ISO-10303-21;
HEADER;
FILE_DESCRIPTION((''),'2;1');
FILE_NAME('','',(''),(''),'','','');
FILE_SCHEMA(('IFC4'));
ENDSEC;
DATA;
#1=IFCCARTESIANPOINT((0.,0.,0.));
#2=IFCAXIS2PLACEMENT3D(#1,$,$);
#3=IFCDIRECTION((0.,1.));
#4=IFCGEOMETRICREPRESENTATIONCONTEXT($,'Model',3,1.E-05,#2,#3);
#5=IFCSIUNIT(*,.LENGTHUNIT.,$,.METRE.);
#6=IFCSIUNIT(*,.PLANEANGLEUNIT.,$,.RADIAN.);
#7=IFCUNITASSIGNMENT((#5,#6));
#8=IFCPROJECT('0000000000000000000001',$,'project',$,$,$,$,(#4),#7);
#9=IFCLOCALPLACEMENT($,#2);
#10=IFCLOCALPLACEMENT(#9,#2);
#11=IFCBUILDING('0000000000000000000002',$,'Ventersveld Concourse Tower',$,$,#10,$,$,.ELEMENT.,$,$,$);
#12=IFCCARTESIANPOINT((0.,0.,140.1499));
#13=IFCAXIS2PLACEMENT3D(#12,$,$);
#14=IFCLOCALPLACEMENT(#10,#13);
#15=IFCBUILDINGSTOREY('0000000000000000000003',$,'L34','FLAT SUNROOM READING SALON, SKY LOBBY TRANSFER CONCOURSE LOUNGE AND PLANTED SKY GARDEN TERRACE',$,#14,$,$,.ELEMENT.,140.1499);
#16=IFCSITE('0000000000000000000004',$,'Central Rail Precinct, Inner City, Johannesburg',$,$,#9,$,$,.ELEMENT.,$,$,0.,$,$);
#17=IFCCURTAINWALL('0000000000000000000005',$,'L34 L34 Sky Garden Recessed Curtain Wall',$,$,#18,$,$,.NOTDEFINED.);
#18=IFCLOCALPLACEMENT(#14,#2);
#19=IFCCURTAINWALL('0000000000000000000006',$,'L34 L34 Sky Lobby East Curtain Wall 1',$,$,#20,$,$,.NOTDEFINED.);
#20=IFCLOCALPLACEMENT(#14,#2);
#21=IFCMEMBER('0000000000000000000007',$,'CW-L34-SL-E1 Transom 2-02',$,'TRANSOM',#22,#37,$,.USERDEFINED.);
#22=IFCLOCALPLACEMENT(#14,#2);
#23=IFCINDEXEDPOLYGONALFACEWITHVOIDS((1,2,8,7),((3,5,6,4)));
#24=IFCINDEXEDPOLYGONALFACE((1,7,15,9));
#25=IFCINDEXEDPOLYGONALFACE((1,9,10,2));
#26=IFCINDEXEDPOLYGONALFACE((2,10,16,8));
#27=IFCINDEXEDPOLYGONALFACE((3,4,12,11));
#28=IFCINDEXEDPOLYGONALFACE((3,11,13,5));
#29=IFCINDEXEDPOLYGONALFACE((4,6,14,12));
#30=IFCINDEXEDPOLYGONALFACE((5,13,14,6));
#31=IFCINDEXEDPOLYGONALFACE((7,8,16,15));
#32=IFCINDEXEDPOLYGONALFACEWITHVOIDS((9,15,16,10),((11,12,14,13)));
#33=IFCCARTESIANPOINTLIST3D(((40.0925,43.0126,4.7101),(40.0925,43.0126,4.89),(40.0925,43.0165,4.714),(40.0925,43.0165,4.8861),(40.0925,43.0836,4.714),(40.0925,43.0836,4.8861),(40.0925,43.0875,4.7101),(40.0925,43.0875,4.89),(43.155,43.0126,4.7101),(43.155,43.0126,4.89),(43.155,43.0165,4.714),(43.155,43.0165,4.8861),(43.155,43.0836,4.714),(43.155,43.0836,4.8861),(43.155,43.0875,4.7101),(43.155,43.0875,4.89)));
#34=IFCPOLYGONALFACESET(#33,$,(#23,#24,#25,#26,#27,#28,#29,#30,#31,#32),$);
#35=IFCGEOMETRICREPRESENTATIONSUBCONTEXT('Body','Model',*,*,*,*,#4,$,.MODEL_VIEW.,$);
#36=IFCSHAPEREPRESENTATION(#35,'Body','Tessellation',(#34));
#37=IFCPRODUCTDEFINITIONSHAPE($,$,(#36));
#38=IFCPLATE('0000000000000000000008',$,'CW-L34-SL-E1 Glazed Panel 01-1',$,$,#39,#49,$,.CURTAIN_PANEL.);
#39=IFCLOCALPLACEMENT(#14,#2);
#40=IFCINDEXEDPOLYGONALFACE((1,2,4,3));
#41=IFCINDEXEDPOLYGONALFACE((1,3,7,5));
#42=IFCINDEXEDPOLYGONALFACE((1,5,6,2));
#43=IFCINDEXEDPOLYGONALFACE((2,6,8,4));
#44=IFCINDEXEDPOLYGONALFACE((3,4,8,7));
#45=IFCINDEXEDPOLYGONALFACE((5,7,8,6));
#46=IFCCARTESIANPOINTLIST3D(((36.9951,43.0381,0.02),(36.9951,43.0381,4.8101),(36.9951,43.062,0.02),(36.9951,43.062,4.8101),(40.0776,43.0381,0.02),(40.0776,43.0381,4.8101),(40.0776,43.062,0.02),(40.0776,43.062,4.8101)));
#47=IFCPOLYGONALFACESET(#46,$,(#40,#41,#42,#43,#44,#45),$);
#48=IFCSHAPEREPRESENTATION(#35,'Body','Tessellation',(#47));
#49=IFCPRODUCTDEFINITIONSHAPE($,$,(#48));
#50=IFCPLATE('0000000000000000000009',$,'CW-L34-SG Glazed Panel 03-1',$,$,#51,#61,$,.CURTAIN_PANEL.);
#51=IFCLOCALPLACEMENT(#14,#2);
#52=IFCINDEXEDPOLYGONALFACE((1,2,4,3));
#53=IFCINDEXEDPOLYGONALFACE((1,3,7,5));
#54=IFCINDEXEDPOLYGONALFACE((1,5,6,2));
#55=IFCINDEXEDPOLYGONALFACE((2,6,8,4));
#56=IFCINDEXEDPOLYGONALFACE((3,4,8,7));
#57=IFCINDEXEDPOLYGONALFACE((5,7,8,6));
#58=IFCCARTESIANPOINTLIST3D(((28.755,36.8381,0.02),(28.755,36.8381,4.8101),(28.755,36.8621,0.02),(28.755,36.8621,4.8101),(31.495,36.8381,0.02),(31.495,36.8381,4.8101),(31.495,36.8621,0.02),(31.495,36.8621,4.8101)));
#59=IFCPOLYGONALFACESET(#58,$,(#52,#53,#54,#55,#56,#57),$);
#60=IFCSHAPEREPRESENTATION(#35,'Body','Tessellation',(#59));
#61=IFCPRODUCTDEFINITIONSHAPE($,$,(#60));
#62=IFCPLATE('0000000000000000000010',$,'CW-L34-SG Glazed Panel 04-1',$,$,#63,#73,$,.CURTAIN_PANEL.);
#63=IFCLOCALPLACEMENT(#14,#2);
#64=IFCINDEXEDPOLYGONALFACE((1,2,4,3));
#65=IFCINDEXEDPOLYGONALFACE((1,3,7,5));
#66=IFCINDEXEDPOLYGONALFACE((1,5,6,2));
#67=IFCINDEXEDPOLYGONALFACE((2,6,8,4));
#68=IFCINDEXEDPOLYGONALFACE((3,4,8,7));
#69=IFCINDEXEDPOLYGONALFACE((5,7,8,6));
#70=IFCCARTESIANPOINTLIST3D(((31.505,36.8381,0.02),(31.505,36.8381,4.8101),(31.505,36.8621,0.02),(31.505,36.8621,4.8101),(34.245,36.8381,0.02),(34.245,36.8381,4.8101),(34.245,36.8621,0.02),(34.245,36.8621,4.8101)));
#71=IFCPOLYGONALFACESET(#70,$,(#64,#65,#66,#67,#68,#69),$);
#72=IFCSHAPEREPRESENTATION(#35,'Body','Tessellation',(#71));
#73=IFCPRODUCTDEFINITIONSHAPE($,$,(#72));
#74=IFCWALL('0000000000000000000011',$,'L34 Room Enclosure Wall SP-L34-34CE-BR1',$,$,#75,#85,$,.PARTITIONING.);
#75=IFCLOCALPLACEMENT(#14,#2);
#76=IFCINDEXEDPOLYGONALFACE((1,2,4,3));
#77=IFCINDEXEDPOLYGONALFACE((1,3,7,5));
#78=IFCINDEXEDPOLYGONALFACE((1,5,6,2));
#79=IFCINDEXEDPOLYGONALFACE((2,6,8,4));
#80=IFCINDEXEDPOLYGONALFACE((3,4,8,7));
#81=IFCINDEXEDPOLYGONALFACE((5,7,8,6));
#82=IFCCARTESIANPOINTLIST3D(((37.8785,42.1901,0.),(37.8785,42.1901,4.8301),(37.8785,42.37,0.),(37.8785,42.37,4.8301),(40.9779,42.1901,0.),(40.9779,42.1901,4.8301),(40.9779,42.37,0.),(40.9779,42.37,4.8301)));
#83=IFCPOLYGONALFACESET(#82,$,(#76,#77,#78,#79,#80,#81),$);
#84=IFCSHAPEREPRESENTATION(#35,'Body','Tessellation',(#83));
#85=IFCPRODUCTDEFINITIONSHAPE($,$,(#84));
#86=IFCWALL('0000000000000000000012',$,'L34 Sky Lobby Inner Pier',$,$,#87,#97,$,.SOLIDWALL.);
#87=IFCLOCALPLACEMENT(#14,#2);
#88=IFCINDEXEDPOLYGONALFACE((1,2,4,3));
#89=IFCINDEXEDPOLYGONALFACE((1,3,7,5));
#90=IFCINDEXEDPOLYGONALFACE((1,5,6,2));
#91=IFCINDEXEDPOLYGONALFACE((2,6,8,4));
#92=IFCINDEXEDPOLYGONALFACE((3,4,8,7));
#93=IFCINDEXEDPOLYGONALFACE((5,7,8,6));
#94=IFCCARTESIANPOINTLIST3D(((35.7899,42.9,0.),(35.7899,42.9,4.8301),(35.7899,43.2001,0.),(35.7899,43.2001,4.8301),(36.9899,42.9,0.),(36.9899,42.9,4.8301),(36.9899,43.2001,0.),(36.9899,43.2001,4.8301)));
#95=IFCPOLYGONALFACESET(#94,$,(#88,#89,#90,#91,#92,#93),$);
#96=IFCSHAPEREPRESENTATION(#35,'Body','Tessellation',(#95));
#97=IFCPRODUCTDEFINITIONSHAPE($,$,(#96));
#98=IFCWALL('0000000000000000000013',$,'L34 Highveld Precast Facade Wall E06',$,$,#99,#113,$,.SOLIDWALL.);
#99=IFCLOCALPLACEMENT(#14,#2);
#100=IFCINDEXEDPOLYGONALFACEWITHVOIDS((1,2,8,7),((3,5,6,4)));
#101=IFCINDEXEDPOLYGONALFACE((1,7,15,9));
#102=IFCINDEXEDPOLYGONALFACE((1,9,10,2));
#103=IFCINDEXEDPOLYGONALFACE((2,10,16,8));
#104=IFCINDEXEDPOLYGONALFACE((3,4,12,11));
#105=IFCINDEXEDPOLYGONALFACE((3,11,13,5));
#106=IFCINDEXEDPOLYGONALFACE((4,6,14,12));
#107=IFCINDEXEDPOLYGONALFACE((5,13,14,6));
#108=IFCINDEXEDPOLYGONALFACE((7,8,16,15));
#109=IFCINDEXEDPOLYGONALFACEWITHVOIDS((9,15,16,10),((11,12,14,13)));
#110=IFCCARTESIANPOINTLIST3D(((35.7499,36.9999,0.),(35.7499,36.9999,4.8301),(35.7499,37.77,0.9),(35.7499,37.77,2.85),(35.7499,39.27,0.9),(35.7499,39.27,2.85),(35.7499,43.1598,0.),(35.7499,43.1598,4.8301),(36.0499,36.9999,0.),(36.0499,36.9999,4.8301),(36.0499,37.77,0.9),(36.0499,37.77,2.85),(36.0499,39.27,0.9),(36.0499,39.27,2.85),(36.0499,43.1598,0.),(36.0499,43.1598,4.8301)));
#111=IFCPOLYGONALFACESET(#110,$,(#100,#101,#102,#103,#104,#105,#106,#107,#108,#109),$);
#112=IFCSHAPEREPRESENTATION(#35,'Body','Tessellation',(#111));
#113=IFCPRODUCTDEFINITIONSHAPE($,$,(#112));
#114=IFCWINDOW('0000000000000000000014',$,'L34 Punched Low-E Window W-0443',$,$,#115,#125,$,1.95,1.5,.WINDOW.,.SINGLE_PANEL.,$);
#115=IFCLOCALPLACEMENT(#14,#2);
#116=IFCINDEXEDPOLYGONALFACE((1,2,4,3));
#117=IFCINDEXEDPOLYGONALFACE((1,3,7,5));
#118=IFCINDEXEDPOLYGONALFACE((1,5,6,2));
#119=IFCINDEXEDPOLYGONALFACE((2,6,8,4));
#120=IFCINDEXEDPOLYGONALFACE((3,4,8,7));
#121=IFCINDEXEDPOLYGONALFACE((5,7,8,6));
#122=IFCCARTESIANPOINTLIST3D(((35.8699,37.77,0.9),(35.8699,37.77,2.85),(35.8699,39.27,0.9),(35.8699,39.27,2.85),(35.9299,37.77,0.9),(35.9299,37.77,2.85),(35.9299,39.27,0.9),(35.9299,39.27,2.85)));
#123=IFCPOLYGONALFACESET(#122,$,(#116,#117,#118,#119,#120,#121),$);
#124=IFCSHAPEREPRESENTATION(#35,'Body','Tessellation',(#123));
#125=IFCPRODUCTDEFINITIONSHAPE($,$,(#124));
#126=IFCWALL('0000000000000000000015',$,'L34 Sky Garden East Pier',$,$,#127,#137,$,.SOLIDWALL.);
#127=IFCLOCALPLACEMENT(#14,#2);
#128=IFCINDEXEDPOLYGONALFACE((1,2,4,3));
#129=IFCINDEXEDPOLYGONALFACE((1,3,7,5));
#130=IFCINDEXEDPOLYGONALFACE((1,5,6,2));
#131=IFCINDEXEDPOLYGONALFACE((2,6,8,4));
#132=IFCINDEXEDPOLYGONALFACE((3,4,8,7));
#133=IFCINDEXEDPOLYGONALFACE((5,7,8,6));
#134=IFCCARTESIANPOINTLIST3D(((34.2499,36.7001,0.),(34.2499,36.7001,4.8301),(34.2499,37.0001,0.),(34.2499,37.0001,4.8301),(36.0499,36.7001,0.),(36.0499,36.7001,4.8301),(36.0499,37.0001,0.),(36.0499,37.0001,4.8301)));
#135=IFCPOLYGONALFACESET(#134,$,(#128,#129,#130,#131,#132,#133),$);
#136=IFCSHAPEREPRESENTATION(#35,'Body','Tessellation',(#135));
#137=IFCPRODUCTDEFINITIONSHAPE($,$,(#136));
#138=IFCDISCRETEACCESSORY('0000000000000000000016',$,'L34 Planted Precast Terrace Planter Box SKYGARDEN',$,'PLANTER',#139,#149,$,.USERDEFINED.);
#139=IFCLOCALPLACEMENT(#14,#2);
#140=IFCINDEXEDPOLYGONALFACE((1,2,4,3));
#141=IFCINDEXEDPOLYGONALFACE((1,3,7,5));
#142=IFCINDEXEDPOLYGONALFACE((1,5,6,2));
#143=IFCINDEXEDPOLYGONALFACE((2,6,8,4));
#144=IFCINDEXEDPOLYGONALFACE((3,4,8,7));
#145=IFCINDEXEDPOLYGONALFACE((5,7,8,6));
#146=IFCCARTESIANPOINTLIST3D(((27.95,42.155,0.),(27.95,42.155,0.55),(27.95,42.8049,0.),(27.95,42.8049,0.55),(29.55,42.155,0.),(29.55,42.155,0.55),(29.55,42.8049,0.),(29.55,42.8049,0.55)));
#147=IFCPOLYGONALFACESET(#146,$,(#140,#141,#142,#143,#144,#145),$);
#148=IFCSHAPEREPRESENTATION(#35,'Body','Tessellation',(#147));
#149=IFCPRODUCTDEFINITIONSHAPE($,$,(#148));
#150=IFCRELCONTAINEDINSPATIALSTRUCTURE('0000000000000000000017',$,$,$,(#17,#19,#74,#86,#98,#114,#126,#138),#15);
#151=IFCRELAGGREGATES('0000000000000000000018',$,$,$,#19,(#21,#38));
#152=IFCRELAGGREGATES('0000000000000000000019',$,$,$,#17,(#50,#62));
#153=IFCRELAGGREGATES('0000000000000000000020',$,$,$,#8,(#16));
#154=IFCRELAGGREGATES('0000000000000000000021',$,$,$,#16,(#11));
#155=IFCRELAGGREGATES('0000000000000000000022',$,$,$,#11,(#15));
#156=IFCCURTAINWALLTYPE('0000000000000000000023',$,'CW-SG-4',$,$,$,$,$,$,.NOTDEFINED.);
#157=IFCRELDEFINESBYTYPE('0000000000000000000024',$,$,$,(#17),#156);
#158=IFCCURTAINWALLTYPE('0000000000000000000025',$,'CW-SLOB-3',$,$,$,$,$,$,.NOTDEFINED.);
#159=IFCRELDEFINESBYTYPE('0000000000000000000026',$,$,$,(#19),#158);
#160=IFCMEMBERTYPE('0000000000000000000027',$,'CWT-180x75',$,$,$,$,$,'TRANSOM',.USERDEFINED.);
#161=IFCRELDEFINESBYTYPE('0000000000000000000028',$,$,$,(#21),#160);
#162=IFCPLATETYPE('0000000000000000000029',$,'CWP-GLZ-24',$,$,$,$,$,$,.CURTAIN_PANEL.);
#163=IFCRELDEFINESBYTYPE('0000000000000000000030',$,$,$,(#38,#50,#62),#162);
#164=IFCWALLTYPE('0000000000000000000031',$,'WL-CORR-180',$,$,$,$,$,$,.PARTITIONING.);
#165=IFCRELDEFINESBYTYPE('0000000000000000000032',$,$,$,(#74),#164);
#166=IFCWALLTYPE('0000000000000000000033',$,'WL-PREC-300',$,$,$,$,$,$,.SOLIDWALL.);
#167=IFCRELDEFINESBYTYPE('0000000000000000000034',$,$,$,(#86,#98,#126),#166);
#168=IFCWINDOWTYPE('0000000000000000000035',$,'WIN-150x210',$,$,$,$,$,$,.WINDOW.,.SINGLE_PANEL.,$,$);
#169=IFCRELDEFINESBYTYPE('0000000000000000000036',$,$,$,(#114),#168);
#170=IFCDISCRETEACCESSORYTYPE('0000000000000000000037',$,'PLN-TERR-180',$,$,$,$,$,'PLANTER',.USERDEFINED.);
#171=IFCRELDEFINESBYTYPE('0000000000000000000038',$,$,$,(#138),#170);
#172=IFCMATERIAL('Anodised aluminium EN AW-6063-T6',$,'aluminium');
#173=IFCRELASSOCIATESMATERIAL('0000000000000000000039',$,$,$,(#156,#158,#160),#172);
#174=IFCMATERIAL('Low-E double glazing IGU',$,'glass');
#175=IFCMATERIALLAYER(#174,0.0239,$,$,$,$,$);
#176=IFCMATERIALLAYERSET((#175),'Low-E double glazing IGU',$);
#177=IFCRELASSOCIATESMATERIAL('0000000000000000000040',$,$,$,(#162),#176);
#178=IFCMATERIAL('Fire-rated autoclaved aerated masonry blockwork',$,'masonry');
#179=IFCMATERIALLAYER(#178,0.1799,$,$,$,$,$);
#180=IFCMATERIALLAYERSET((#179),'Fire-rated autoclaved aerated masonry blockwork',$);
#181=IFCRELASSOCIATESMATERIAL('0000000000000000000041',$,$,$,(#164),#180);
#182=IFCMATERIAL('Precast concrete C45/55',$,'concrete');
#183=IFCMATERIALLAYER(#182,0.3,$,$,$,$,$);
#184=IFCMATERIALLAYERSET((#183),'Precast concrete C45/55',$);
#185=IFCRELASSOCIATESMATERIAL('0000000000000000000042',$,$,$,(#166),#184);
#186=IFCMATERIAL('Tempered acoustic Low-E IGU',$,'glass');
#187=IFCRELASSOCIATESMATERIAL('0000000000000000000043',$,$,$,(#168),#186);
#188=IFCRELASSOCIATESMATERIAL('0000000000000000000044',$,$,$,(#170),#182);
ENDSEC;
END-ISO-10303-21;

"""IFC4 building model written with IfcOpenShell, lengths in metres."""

from ifc_helpers import new_model, si_unit, direction, frame, frame_2d, origin, origin_2d, place, context, subcontext, project, spatial, rectangle, hollow_rectangle, extrude, material, layer, layer_set, material_profile, profile_set, type_object, element, fill, aggregate, save


model = new_model("IFC4")

# Units and contexts
model_context = context("Model", 3, precision=1e-05, world=origin(), true_north=direction((0.0, 1.0)))
body_context = subcontext(model_context, "Body", "Model", "MODEL_VIEW")
ifc_project = project(units=[si_unit("LENGTHUNIT", "METRE"), si_unit("PLANEANGLEUNIT", "RADIAN")], contexts=[model_context])

# Site, building, storey
site_placement = place(None, origin())
site = spatial("IfcSite", under=ifc_project, at=site_placement, Name="Central Rail Precinct, Inner City, Johannesburg", CompositionType="ELEMENT", RefElevation=0.0)
building_placement = place(site_placement, origin())
building = spatial("IfcBuilding", under=site, at=building_placement, Name="Ventersveld Concourse Tower", CompositionType="ELEMENT")
storey_placement = place(building_placement, frame((0.0, 0.0, 140.1499)))
storey = spatial("IfcBuildingStorey", under=building, at=storey_placement, Name="L34", Description="FLAT SUNROOM READING SALON, SKY LOBBY TRANSFER CONCOURSE LOUNGE AND PLANTED SKY GARDEN TERRACE", CompositionType="ELEMENT", Elevation=140.1499)

# Curtain walls
ifc_material_1 = material(Name="Anodised aluminium EN AW-6063-T6", Category="aluminium")
curtain_wall_type_1 = type_object("IfcCurtainWallType", Name="CW-SG-4", PredefinedType="NOTDEFINED", material=ifc_material_1)
curtain_wall_1_placement = place(storey_placement, origin())
curtain_wall_1 = element("IfcCurtainWall", 1, at=curtain_wall_1_placement, inside=storey, type_object=curtain_wall_type_1, Name="L34 L34 Sky Garden Recessed Curtain Wall", PredefinedType="NOTDEFINED")
curtain_wall_type_2 = type_object("IfcCurtainWallType", Name="CW-SLOB-3", PredefinedType="NOTDEFINED", material=ifc_material_1)
curtain_wall_2_placement = place(storey_placement, origin())
curtain_wall_2 = element("IfcCurtainWall", 2, at=curtain_wall_2_placement, inside=storey, type_object=curtain_wall_type_2, Name="L34 L34 Sky Lobby East Curtain Wall 1", PredefinedType="NOTDEFINED")

# Member
ifc_material_profile_1 = material_profile(ifc_material_1, hollow_rectangle(XDim=0.075, YDim=0.1799, WallThickness=0.0039, at=origin_2d()), Name="ALU 180x75x4")
ifc_profile_set_1 = profile_set([ifc_material_profile_1], Name="Anodised aluminium EN AW-6063-T6")
member_type_1 = type_object("IfcMemberType", Name="CWT-180x75", ElementType="TRANSOM", PredefinedType="USERDEFINED", material=ifc_profile_set_1)
member_1_placement = place(storey_placement, frame((40.0925, 43.05, 4.8), z_axis=(1.0, 0.0, 0.0), x_axis=(0.0, 1.0, 0.0)))
member_1 = element("IfcMember", 3, at=member_1_placement, type_object=member_type_1, Name="CW-L34-SL-E1 Transom 2-02", ObjectType="TRANSOM", PredefinedType="USERDEFINED", context=body_context, shape_type="SweptSolid", body=[
    extrude(hollow_rectangle(XDim=0.075, YDim=0.1799, WallThickness=0.0039, at=origin_2d()), origin(), (0.0, 0.0, 1.0), 3.0625),
])

# Plates
ifc_material_2 = material(Name="Low-E double glazing IGU", Category="glass")
ifc_layer_1 = layer(ifc_material_2, 0.0239)
ifc_layer_set_1 = layer_set([ifc_layer_1], Name="Low-E double glazing IGU")
plate_type = type_object("IfcPlateType", Name="CWP-GLZ-24", PredefinedType="CURTAIN_PANEL", material=ifc_layer_set_1)
plate_1_placement = place(storey_placement, frame((38.5364, 43.05, 0.02), z_axis=(0.0, 0.0, 1.0), x_axis=(1.0, 0.0, 0.0)))
plate_1 = element("IfcPlate", 4, at=plate_1_placement, type_object=plate_type, Name="CW-L34-SL-E1 Glazed Panel 01-1", PredefinedType="CURTAIN_PANEL", context=body_context, shape_type="SweptSolid", body=[
    extrude(rectangle(XDim=3.0825, YDim=0.0239, at=origin_2d()), origin(), (0.0, 0.0, 1.0), 4.79),
])
aggregate(curtain_wall_2, [member_1, plate_1])
plate_2_placement = place(storey_placement, frame((30.125, 36.8501, 0.02), z_axis=(0.0, 0.0, 1.0), x_axis=(1.0, 0.0, 0.0)))
plate_2 = element("IfcPlate", 5, at=plate_2_placement, type_object=plate_type, Name="CW-L34-SG Glazed Panel 03-1", PredefinedType="CURTAIN_PANEL", context=body_context, shape_type="SweptSolid", body=[
    extrude(rectangle(XDim=2.74, YDim=0.0239, at=origin_2d()), origin(), (0.0, 0.0, 1.0), 4.79),
])
plate_3_placement = place(storey_placement, frame((32.875, 36.8501, 0.02), z_axis=(0.0, 0.0, 1.0), x_axis=(1.0, 0.0, 0.0)))
plate_3 = element("IfcPlate", 6, at=plate_3_placement, type_object=plate_type, Name="CW-L34-SG Glazed Panel 04-1", PredefinedType="CURTAIN_PANEL", context=body_context, shape_type="SweptSolid", body=[
    extrude(rectangle(XDim=2.74, YDim=0.0239, at=origin_2d()), origin(), (0.0, 0.0, 1.0), 4.79),
])
aggregate(curtain_wall_1, [plate_2, plate_3])

# Walls
ifc_material_3 = material(Name="Fire-rated autoclaved aerated masonry blockwork", Category="masonry")
ifc_layer_2 = layer(ifc_material_3, 0.1799)
ifc_layer_set_2 = layer_set([ifc_layer_2], Name="Fire-rated autoclaved aerated masonry blockwork")
wall_type_1 = type_object("IfcWallType", Name="WL-CORR-180", PredefinedType="PARTITIONING", material=ifc_layer_set_2)
wall_1_placement = place(storey_placement, frame((37.8784, 42.28, 0.0), z_axis=(0.0, 0.0, 1.0), x_axis=(1.0, 0.0, 0.0)))
element("IfcWall", 7, at=wall_1_placement, inside=storey, type_object=wall_type_1, Name="L34 Room Enclosure Wall SP-L34-34CE-BR1", PredefinedType="PARTITIONING", context=body_context, shape_type="SweptSolid", body=[
    extrude(rectangle(XDim=3.0994, YDim=0.1799, at=frame_2d((1.5498, 0.0))), origin(), (0.0, 0.0, 1.0), 4.8301),
])
ifc_material_4 = material(Name="Precast concrete C45/55", Category="concrete")
ifc_layer_3 = layer(ifc_material_4, 0.3)
ifc_layer_set_3 = layer_set([ifc_layer_3], Name="Precast concrete C45/55")
wall_type_2 = type_object("IfcWallType", Name="WL-PREC-300", PredefinedType="SOLIDWALL", material=ifc_layer_set_3)
wall_2_placement = place(storey_placement, frame((36.99, 43.05, 0.0), z_axis=(0.0, 0.0, 1.0), x_axis=(-1.0, 0.0, 0.0)))
element("IfcWall", 8, at=wall_2_placement, inside=storey, type_object=wall_type_2, Name="L34 Sky Lobby Inner Pier", PredefinedType="SOLIDWALL", context=body_context, shape_type="SweptSolid", body=[
    extrude(rectangle(XDim=1.2, YDim=0.3, at=frame_2d((0.6001, 0.0))), origin(), (0.0, 0.0, 1.0), 4.8301),
])

# Wall, opening, window
wall_3_placement = place(storey_placement, frame((35.8999, 43.1599, 0.0), z_axis=(0.0, 0.0, 1.0), x_axis=(0.0, -1.0, 0.0)))
wall_3 = element("IfcWall", 9, at=wall_3_placement, inside=storey, type_object=wall_type_2, Name="L34 Highveld Precast Facade Wall E06", PredefinedType="SOLIDWALL", context=body_context, shape_type="SweptSolid", body=[
    extrude(rectangle(XDim=6.1599, YDim=0.3, at=frame_2d((3.0801, 0.0))), origin(), (0.0, 0.0, 1.0), 4.8301),
])
opening_placement = place(wall_3_placement, frame((3.8899, 0.0, 0.8999)))
opening = element("IfcOpeningElement", 10, at=opening_placement, cuts=wall_3, PredefinedType="OPENING", context=body_context, shape_type="SweptSolid", body=[
    extrude(rectangle(XDim=1.5, YDim=1.95, at=frame_2d((0.75, 0.9751))), frame((0.0, 0.1602, 0.0), z_axis=(0.0, -1.0, 0.0), x_axis=(1.0, 0.0, 0.0)), (0.0, 0.0, 1.0), 0.3201),
])
ifc_material_5 = material(Name="Tempered acoustic Low-E IGU", Category="glass")
window_type = type_object("IfcWindowType", Name="WIN-150x210", PartitioningType="SINGLE_PANEL", PredefinedType="WINDOW", material=ifc_material_5)
window_placement = place(opening_placement, origin())
window = element("IfcWindow", 11, at=window_placement, inside=storey, type_object=window_type, Name="L34 Punched Low-E Window W-0443", OverallHeight=1.95, OverallWidth=1.5, PartitioningType="SINGLE_PANEL", PredefinedType="WINDOW", context=body_context, shape_type="SweptSolid", body=[
    extrude(rectangle(XDim=1.5, YDim=1.95, at=frame_2d((0.75, 0.9751))), frame((0.0, 0.03, 0.0), z_axis=(0.0, -1.0, 0.0), x_axis=(1.0, 0.0, 0.0)), (0.0, 0.0, 1.0), 0.0601),
])
fill(opening, window)

# Wall
wall_4_placement = place(storey_placement, frame((34.25, 36.8501, 0.0), z_axis=(0.0, 0.0, 1.0), x_axis=(1.0, 0.0, 0.0)))
element("IfcWall", 12, at=wall_4_placement, inside=storey, type_object=wall_type_2, Name="L34 Sky Garden East Pier", PredefinedType="SOLIDWALL", context=body_context, shape_type="SweptSolid", body=[
    extrude(rectangle(XDim=1.8, YDim=0.3, at=frame_2d((0.8999, 0.0))), origin(), (0.0, 0.0, 1.0), 4.8301),
])

# Discrete accessory
discrete_accessory_type = type_object("IfcDiscreteAccessoryType", Name="PLN-TERR-180", ElementType="PLANTER", PredefinedType="USERDEFINED", material=ifc_material_4)
discrete_accessory_placement = place(storey_placement, frame((28.75, 42.48, 0.0), z_axis=(0.0, 0.0, 1.0), x_axis=(1.0, 0.0, 0.0)))
element("IfcDiscreteAccessory", 13, at=discrete_accessory_placement, inside=storey, type_object=discrete_accessory_type, Name="L34 Planted Precast Terrace Planter Box SKYGARDEN", ObjectType="PLANTER", PredefinedType="USERDEFINED", context=body_context, shape_type="SweptSolid", body=[
    extrude(rectangle(XDim=1.6001, YDim=0.6499, at=origin_2d()), origin(), (0.0, 0.0, 1.0), 0.55),
])

save(model, "model.ifc")
